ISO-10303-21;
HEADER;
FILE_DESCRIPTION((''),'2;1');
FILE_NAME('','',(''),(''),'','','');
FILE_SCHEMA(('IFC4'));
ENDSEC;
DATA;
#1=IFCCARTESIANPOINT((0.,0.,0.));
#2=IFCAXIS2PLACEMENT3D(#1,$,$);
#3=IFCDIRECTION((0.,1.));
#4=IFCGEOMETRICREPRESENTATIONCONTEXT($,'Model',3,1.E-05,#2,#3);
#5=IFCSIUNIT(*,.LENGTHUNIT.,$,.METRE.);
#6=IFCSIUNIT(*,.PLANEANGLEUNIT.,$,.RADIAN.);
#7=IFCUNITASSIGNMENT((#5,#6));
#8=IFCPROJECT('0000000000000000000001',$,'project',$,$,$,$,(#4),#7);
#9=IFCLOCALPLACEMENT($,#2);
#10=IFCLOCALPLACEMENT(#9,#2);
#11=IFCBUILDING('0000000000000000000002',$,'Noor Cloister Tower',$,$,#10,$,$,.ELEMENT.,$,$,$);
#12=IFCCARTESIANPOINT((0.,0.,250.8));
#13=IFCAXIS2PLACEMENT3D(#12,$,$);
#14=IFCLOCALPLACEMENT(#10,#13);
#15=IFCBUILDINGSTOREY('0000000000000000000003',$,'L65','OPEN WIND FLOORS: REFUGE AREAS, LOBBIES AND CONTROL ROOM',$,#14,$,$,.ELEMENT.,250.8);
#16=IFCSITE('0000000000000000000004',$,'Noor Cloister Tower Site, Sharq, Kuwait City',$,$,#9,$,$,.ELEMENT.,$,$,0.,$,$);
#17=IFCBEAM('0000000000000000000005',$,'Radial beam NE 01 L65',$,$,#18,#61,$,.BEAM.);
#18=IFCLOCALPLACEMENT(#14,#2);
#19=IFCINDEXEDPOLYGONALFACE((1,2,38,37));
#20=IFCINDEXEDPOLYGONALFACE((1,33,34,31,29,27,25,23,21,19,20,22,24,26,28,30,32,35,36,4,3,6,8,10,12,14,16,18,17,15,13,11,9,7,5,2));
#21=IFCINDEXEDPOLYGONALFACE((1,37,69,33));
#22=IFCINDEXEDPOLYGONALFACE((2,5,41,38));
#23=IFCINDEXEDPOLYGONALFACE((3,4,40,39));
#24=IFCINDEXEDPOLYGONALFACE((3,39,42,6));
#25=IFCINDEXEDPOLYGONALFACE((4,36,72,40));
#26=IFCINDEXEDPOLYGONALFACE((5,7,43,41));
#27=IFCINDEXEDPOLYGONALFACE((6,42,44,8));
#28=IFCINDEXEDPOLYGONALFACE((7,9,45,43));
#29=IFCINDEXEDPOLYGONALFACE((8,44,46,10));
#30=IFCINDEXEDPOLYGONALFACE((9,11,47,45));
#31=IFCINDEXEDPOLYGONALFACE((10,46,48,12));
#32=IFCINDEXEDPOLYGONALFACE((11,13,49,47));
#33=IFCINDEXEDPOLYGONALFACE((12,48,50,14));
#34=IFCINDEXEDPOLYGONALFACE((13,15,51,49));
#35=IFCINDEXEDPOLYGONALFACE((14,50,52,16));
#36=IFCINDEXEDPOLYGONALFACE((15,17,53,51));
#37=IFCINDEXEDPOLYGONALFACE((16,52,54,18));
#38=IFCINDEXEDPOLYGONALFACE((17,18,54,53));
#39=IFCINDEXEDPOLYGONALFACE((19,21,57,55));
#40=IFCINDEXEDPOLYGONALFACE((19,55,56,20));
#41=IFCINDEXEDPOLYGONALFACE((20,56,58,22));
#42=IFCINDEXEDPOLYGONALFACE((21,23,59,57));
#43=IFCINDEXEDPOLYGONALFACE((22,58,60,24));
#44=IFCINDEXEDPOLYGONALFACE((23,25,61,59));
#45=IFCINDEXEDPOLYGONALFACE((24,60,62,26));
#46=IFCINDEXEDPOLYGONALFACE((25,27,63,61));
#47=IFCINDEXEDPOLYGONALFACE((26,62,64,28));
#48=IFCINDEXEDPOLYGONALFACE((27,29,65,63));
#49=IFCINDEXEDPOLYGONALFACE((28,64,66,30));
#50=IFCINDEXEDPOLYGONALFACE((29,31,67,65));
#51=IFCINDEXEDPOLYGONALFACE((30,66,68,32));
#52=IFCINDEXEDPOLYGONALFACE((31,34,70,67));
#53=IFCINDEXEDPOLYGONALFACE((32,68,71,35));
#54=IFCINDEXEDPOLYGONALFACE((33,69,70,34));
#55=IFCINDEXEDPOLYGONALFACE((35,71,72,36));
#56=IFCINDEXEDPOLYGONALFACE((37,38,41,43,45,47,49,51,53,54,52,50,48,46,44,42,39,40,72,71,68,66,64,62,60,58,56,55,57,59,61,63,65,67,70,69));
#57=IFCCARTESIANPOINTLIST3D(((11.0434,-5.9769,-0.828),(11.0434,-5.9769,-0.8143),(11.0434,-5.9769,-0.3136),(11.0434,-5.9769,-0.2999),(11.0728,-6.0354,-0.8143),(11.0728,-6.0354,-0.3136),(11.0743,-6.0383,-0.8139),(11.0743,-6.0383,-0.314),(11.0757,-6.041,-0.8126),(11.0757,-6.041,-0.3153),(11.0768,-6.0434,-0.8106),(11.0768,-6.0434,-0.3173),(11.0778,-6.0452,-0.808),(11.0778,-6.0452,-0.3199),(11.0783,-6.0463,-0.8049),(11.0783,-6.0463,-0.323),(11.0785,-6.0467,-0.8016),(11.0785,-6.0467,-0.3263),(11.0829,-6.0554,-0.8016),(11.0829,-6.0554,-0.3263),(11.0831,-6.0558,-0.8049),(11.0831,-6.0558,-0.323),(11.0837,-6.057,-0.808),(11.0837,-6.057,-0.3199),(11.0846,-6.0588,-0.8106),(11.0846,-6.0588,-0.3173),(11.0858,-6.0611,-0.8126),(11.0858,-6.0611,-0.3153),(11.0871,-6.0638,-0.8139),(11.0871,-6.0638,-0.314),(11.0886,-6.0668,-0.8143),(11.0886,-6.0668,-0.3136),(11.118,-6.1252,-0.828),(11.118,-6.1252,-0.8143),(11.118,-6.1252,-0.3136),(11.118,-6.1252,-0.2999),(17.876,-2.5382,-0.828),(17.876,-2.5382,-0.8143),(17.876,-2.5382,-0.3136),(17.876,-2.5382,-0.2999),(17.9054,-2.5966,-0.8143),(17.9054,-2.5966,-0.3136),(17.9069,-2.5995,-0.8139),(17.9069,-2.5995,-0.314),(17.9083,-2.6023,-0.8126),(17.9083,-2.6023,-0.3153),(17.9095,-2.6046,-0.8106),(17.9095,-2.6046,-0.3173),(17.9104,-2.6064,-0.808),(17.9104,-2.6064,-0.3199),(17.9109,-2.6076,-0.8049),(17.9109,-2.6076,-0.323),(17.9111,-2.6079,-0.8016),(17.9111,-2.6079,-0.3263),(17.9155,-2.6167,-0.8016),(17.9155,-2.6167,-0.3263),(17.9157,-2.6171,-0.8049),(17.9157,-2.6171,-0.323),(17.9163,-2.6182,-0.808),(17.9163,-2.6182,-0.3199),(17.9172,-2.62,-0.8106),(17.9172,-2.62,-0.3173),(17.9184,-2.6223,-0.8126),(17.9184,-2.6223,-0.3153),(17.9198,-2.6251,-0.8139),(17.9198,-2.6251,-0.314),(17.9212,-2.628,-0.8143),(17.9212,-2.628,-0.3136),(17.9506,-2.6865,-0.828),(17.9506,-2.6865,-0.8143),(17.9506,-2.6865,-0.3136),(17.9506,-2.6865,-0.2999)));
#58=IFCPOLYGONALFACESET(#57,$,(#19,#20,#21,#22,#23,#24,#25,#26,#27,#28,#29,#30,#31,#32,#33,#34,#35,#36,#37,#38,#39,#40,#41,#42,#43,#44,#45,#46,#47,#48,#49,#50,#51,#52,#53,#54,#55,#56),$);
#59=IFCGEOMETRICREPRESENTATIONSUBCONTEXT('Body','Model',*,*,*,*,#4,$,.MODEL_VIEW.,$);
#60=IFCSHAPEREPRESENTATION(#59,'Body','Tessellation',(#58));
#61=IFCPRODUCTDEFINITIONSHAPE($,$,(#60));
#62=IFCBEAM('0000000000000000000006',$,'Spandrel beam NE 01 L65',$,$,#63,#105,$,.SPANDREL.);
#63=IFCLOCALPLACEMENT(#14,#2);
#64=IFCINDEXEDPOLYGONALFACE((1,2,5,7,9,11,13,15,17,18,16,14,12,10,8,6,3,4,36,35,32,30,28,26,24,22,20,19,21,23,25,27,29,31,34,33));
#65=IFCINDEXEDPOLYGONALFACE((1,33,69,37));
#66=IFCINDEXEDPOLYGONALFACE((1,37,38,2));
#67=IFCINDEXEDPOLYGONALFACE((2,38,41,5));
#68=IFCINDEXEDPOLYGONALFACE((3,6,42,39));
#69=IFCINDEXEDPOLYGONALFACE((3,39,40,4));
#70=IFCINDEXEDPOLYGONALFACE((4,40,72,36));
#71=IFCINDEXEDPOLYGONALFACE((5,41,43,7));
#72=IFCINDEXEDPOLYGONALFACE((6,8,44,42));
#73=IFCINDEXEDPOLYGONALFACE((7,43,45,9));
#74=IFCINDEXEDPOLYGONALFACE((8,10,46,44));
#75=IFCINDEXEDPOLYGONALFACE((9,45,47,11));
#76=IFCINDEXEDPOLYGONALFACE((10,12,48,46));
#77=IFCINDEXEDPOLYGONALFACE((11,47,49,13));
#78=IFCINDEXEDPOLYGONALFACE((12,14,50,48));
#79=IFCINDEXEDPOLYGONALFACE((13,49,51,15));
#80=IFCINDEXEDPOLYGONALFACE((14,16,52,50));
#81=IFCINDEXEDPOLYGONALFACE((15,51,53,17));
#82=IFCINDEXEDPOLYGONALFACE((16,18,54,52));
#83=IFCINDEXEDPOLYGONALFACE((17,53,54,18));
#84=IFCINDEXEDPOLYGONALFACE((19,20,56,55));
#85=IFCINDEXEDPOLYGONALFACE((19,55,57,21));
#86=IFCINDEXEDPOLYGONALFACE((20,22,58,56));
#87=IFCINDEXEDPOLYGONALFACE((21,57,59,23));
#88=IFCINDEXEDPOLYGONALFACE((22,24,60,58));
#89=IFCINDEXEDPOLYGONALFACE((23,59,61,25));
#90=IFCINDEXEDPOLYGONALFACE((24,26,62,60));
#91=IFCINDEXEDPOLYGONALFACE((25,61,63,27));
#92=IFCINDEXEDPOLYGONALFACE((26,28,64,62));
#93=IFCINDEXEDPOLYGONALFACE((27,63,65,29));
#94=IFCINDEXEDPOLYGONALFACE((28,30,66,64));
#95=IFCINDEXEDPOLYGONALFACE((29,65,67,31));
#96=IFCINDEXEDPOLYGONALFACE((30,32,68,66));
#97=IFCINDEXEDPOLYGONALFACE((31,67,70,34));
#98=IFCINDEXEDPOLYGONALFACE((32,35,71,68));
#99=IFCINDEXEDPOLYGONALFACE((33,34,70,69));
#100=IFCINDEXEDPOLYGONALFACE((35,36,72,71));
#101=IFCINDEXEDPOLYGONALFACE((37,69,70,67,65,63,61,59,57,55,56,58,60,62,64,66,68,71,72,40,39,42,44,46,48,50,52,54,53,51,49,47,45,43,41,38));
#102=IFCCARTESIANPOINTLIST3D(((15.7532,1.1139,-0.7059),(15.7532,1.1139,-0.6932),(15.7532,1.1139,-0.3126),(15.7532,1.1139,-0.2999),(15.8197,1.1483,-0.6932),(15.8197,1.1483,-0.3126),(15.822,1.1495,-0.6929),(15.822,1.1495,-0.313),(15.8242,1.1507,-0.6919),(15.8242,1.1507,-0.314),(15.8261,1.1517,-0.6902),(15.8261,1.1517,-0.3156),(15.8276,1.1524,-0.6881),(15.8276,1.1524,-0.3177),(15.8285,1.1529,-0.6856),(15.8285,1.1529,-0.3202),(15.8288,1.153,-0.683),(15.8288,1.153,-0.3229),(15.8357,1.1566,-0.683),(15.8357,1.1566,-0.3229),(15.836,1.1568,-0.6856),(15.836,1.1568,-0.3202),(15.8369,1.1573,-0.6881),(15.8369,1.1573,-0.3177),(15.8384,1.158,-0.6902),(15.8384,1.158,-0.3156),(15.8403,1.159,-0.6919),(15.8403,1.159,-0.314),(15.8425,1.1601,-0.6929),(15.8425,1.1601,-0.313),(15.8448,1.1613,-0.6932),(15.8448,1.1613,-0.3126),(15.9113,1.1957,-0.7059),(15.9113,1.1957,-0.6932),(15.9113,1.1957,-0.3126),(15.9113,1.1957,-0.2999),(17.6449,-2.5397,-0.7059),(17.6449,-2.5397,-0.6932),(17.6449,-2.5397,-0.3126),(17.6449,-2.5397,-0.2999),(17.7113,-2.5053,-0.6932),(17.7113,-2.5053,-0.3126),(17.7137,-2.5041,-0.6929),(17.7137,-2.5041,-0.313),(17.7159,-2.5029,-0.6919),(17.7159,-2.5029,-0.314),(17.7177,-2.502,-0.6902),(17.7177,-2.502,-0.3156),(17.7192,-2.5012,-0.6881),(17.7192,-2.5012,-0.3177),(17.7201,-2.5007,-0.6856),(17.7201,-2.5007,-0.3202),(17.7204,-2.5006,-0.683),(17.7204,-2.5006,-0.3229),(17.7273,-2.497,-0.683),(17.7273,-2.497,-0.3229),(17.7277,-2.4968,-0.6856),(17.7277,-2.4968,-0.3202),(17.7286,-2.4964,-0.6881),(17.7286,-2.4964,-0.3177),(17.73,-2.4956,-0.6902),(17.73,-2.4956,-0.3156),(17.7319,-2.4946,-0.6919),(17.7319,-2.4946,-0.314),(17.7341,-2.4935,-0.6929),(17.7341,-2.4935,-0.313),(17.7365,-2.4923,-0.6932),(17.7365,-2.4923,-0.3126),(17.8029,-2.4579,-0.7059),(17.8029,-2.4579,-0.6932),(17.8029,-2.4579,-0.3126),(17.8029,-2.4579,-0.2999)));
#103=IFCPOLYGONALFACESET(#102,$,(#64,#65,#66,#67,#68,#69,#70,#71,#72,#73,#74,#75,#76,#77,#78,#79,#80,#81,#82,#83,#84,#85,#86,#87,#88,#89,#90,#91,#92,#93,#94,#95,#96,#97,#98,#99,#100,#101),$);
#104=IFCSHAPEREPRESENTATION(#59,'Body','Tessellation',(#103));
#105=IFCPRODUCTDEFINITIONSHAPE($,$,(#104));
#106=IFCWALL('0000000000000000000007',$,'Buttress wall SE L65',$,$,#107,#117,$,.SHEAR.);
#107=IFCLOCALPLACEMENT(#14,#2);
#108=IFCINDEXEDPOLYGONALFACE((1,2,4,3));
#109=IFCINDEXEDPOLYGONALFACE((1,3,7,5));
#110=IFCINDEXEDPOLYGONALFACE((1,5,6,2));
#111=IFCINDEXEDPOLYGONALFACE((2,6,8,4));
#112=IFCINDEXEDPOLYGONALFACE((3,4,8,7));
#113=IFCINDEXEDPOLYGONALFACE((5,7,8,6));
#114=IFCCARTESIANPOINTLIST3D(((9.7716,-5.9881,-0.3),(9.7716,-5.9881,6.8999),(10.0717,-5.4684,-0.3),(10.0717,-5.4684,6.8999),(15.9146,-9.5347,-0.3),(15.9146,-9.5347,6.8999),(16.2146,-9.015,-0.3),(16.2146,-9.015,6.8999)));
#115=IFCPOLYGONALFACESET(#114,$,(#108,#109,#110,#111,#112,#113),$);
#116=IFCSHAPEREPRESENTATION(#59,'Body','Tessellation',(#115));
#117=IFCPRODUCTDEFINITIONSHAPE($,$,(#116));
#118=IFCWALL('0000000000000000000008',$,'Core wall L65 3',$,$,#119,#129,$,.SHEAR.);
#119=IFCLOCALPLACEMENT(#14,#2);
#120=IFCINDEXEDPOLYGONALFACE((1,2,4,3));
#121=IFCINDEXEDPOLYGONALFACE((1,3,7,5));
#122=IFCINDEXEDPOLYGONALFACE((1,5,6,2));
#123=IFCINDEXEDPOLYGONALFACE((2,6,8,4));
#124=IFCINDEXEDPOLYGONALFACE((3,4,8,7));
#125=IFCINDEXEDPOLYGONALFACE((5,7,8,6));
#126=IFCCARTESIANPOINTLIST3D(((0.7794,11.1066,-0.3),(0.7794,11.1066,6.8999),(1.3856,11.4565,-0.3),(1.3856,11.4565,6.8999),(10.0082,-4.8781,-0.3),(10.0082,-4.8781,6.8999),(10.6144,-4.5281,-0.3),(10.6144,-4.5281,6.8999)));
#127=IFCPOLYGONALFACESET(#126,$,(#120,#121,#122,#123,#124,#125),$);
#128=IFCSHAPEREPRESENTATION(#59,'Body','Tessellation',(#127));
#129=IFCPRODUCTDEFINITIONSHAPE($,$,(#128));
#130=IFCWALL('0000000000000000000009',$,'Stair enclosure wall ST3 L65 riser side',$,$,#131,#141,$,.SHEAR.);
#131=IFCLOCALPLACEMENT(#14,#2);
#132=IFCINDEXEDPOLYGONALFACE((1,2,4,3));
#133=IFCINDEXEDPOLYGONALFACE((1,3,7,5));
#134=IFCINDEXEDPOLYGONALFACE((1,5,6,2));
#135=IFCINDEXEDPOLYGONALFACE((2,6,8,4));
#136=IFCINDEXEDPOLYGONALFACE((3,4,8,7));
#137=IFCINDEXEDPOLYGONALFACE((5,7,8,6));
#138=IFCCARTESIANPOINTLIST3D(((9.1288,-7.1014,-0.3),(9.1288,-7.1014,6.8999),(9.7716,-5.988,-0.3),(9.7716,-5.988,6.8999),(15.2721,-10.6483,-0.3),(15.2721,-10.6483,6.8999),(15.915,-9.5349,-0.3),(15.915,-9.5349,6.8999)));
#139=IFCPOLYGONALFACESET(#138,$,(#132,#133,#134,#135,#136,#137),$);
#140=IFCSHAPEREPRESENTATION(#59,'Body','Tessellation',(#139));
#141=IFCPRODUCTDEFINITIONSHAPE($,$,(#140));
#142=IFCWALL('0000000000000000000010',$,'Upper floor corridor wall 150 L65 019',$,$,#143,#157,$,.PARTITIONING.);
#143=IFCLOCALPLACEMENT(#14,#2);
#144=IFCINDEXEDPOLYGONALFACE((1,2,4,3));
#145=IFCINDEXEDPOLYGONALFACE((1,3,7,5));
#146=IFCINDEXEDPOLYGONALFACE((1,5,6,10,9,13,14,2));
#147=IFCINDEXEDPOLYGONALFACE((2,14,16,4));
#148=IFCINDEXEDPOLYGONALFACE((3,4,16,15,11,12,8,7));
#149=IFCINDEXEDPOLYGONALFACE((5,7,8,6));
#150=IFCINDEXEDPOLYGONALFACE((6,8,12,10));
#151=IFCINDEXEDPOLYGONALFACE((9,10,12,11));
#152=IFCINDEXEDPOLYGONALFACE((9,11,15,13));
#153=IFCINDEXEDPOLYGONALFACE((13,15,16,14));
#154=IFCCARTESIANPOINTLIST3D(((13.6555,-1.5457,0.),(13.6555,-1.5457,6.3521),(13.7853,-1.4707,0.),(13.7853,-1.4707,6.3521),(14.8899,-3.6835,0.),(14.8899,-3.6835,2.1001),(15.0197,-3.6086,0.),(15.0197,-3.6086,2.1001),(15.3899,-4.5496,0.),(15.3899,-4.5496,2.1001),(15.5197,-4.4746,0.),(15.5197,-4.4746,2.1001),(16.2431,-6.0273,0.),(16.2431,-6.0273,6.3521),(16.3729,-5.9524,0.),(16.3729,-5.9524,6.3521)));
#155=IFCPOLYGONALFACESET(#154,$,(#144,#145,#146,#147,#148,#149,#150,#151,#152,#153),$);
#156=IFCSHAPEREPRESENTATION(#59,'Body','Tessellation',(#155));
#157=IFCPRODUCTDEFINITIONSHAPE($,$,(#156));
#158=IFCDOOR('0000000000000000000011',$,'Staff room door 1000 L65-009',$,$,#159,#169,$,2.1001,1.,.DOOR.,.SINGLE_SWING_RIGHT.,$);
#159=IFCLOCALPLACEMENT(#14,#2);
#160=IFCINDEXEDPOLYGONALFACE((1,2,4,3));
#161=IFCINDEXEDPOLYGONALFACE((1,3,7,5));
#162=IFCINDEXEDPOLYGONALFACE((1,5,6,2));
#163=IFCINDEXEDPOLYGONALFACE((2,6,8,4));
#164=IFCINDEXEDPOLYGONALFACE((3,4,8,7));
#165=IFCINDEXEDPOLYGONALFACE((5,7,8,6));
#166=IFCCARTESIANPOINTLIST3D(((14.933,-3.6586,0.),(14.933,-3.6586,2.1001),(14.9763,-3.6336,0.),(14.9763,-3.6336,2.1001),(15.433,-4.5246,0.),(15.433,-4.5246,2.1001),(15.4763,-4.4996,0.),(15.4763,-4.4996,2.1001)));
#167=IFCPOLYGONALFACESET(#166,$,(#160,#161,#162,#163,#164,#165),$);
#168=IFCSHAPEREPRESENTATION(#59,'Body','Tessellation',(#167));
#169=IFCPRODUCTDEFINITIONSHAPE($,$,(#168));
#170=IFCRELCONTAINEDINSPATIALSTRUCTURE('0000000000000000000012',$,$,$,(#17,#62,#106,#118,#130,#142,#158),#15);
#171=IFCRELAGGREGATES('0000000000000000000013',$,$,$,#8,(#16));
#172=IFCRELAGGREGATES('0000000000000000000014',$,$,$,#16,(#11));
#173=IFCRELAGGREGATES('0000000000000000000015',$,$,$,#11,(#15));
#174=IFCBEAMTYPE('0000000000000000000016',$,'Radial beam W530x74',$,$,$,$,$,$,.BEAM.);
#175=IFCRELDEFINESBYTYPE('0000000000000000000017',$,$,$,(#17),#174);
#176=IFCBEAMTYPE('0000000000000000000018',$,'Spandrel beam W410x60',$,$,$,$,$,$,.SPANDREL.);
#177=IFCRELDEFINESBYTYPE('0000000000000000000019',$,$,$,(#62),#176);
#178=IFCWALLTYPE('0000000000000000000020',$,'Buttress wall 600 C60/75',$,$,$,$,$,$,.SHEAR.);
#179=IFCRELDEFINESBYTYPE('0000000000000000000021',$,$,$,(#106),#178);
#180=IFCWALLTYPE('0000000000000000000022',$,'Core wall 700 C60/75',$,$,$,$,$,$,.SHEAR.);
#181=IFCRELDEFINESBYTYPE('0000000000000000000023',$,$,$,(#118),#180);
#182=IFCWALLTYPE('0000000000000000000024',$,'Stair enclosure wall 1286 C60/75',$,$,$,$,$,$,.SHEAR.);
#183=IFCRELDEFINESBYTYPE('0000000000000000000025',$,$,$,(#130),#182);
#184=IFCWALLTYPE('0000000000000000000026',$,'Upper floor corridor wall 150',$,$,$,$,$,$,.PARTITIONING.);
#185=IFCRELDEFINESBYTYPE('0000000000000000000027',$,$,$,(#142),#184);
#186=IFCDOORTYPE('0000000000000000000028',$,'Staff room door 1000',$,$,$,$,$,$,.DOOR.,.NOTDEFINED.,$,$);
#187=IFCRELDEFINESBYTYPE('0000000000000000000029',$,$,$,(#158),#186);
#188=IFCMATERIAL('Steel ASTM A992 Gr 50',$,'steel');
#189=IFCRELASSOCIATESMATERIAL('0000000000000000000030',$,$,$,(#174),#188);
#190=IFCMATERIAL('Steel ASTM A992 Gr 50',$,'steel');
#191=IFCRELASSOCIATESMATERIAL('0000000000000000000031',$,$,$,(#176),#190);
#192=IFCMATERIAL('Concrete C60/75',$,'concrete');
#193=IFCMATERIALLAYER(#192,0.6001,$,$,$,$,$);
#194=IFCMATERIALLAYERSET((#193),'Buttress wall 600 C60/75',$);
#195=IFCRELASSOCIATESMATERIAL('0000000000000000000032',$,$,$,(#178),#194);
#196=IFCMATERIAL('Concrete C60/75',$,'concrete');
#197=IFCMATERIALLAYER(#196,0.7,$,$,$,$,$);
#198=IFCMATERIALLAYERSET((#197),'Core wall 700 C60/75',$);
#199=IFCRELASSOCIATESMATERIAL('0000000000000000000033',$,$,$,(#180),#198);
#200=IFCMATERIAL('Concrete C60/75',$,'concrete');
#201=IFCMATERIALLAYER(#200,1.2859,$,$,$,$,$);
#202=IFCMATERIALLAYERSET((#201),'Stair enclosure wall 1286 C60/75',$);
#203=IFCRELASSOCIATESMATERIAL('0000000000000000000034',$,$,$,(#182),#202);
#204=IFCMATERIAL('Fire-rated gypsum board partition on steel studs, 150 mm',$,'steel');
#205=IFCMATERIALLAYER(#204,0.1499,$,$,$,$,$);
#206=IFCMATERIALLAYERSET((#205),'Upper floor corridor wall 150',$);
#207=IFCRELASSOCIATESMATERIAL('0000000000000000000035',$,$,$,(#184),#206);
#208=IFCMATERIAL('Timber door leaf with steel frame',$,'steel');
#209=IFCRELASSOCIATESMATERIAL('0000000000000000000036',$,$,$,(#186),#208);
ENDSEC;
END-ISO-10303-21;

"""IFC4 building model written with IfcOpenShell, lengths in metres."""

from ifc_helpers import new_model, si_unit, direction, frame, frame_2d, origin, origin_2d, place, context, subcontext, project, spatial, rectangle, i_section, extrude, material, layer, layer_set, material_profile, profile_set, type_object, element, fill, save


model = new_model("IFC4")

# Units and contexts
model_context = context("Model", 3, precision=1e-05, world=origin(), true_north=direction((0.0, 1.0)))
body_context = subcontext(model_context, "Body", "Model", "MODEL_VIEW")
ifc_project = project(units=[si_unit("LENGTHUNIT", "METRE"), si_unit("PLANEANGLEUNIT", "RADIAN")], contexts=[model_context])

# Site, building, storey
site_placement = place(None, origin())
site = spatial("IfcSite", under=ifc_project, at=site_placement, Name="Noor Cloister Tower Site, Sharq, Kuwait City", CompositionType="ELEMENT", RefElevation=0.0)
building_placement = place(site_placement, origin())
building = spatial("IfcBuilding", under=site, at=building_placement, Name="Noor Cloister Tower", CompositionType="ELEMENT")
storey_placement = place(building_placement, frame((0.0, 0.0, 250.8)))
storey = spatial("IfcBuildingStorey", under=building, at=storey_placement, Name="L65", Description="OPEN WIND FLOORS: REFUGE AREAS, LOBBIES AND CONTROL ROOM", CompositionType="ELEMENT", Elevation=250.8)

# Beams
ifc_material_1 = material(Name="Steel ASTM A992 Gr 50", Category="steel")
ifc_material_profile_1 = material_profile(ifc_material_1, i_section(OverallWidth=0.166, OverallDepth=0.5281, WebThickness=0.0098, FlangeThickness=0.0137, FilletRadius=0.0127, at=origin_2d()), Name="W530x74")
ifc_profile_set_1 = profile_set([ifc_material_profile_1], Name="Steel ASTM A992 Gr 50")
beam_type_1 = type_object("IfcBeamType", Name="Radial beam W530x74", PredefinedType="BEAM", material=ifc_profile_set_1)
beam_1_placement = place(storey_placement, frame((17.9133, -2.6123, -0.564), z_axis=(-0.89325, -0.449561, 0.0), x_axis=(0.449561, -0.89325, 0.0)))
element("IfcBeam", 1, at=beam_1_placement, inside=storey, type_object=beam_type_1, Name="Radial beam NE 01 L65", PredefinedType="BEAM", context=body_context, shape_type="SweptSolid", body=[
    extrude(i_section(OverallWidth=0.166, OverallDepth=0.5281, WebThickness=0.0098, FlangeThickness=0.0137, FilletRadius=0.0127, at=origin_2d()), origin(), (0.0, 0.0, 1.0), 7.6492),
])
ifc_material_2 = material(Name="Steel ASTM A992 Gr 50", Category="steel")
ifc_material_profile_2 = material_profile(ifc_material_2, i_section(OverallWidth=0.178, OverallDepth=0.406, WebThickness=0.0078, FlangeThickness=0.0127, FilletRadius=0.0103, at=origin_2d()), Name="W410x60")
ifc_profile_set_2 = profile_set([ifc_material_profile_2], Name="Steel ASTM A992 Gr 50")
beam_type_2 = type_object("IfcBeamType", Name="Spandrel beam W410x60", PredefinedType="SPANDREL", material=ifc_profile_set_2)
beam_2_placement = place(storey_placement, frame((17.7239, -2.4988, -0.5029), z_axis=(-0.459773, 0.888036, 0.0), x_axis=(-0.888036, -0.459773, 0.0)))
element("IfcBeam", 2, at=beam_2_placement, inside=storey, type_object=beam_type_2, Name="Spandrel beam NE 01 L65", PredefinedType="SPANDREL", context=body_context, shape_type="SweptSolid", body=[
    extrude(i_section(OverallWidth=0.178, OverallDepth=0.406, WebThickness=0.0078, FlangeThickness=0.0127, FilletRadius=0.0103, at=origin_2d()), origin(), (0.0, 0.0, 1.0), 4.1143),
])

# Walls
ifc_material_3 = material(Name="Concrete C60/75", Category="concrete")
ifc_layer_1 = layer(ifc_material_3, 0.6001)
ifc_layer_set_1 = layer_set([ifc_layer_1], Name="Buttress wall 600 C60/75")
wall_type_1 = type_object("IfcWallType", Name="Buttress wall 600 C60/75", PredefinedType="SHEAR", material=ifc_layer_set_1)
wall_1_placement = place(storey_placement, frame((9.9216, -5.7283, -0.3), z_axis=(0.0, 0.0, 1.0), x_axis=(0.86603, -0.499993, 0.0)))
element("IfcWall", 3, at=wall_1_placement, inside=storey, type_object=wall_type_1, Name="Buttress wall SE L65", PredefinedType="SHEAR", context=body_context, shape_type="SweptSolid", body=[
    extrude(rectangle(XDim=7.0933, YDim=0.6001, at=frame_2d((3.5466, 0.0))), origin(), (0.0, 0.0, 1.0), 7.2),
])
ifc_material_4 = material(Name="Concrete C60/75", Category="concrete")
ifc_layer_2 = layer(ifc_material_4, 0.7)
ifc_layer_set_2 = layer_set([ifc_layer_2], Name="Core wall 700 C60/75")
wall_type_2 = type_object("IfcWallType", Name="Core wall 700 C60/75", PredefinedType="SHEAR", material=ifc_layer_set_2)
wall_2_placement = place(storey_placement, frame((10.3113, -4.7031, -0.3), z_axis=(0.0, 0.0, 1.0), x_axis=(-0.500001, 0.866025, 0.0)))
element("IfcWall", 4, at=wall_2_placement, inside=storey, type_object=wall_type_2, Name="Core wall L65 3", PredefinedType="SHEAR", context=body_context, shape_type="SweptSolid", body=[
    extrude(rectangle(XDim=18.4575, YDim=0.7, at=frame_2d((9.2288, 0.0))), origin(), (0.0, 0.0, 1.0), 7.2),
])
ifc_material_5 = material(Name="Concrete C60/75", Category="concrete")
ifc_layer_3 = layer(ifc_material_5, 1.2859)
ifc_layer_set_3 = layer_set([ifc_layer_3], Name="Stair enclosure wall 1286 C60/75")
wall_type_3 = type_object("IfcWallType", Name="Stair enclosure wall 1286 C60/75", PredefinedType="SHEAR", material=ifc_layer_set_3)
wall_3_placement = place(storey_placement, frame((9.4502, -6.5447, -0.3), z_axis=(0.0, 0.0, 1.0), x_axis=(0.866023, -0.500003, 0.0)))
element("IfcWall", 5, at=wall_3_placement, inside=storey, type_object=wall_type_3, Name="Stair enclosure wall ST3 L65 riser side", PredefinedType="SHEAR", context=body_context, shape_type="SweptSolid", body=[
    extrude(rectangle(XDim=7.0938, YDim=1.2856, at=frame_2d((3.5469, 0.0))), origin(), (0.0, 0.0, 1.0), 7.2),
])

# Wall, opening, door
ifc_material_6 = material(Name="Fire-rated gypsum board partition on steel studs, 150 mm", Category="steel")
ifc_layer_4 = layer(ifc_material_6, 0.1499)
ifc_layer_set_4 = layer_set([ifc_layer_4], Name="Upper floor corridor wall 150")
wall_type_4 = type_object("IfcWallType", Name="Upper floor corridor wall 150", PredefinedType="PARTITIONING", material=ifc_layer_set_4)
wall_4_placement = place(storey_placement, frame((13.7205, -1.5083, 0.0), z_axis=(0.0, 0.0, 1.0), x_axis=(0.500021, -0.866014, 0.0)))
wall_4 = element("IfcWall", 6, at=wall_4_placement, inside=storey, type_object=wall_type_4, Name="Upper floor corridor wall 150 L65 019", PredefinedType="PARTITIONING", context=body_context, shape_type="SweptSolid", body=[
    extrude(rectangle(XDim=5.175, YDim=0.1499, at=frame_2d((2.5874, 0.0))), origin(), (0.0, 0.0, 1.0), 6.3521),
])
opening_placement = place(wall_4_placement, frame((2.4685, 0.0, 0.0)))
opening = element("IfcOpeningElement", 7, at=opening_placement, cuts=wall_4, PredefinedType="OPENING", context=body_context, shape_type="SweptSolid", body=[
    extrude(rectangle(XDim=1.0, YDim=2.1001, at=frame_2d((0.5, 1.05))), frame((0.0, 0.085, 0.0), z_axis=(0.0, -1.0, 0.0), x_axis=(1.0, 0.0, 0.0)), (0.0, 0.0, 1.0), 0.1699),
])
ifc_material_7 = material(Name="Timber door leaf with steel frame", Category="steel")
door_type = type_object("IfcDoorType", Name="Staff room door 1000", OperationType="NOTDEFINED", PredefinedType="DOOR", material=ifc_material_7)
door_placement = place(opening_placement, origin())
door = element("IfcDoor", 8, at=door_placement, inside=storey, type_object=door_type, Name="Staff room door 1000 L65-009", OperationType="SINGLE_SWING_RIGHT", OverallHeight=2.1001, OverallWidth=1.0, PredefinedType="DOOR", context=body_context, shape_type="SweptSolid", body=[
    extrude(rectangle(XDim=1.0, YDim=2.1001, at=frame_2d((0.5, 1.05))), frame((0.0, 0.0249, 0.0), z_axis=(0.0, -1.0, 0.0), x_axis=(1.0, 0.0, 0.0)), (0.0, 0.0, 1.0), 0.05),
])
fill(opening, door)

save(model, "model.ifc")
